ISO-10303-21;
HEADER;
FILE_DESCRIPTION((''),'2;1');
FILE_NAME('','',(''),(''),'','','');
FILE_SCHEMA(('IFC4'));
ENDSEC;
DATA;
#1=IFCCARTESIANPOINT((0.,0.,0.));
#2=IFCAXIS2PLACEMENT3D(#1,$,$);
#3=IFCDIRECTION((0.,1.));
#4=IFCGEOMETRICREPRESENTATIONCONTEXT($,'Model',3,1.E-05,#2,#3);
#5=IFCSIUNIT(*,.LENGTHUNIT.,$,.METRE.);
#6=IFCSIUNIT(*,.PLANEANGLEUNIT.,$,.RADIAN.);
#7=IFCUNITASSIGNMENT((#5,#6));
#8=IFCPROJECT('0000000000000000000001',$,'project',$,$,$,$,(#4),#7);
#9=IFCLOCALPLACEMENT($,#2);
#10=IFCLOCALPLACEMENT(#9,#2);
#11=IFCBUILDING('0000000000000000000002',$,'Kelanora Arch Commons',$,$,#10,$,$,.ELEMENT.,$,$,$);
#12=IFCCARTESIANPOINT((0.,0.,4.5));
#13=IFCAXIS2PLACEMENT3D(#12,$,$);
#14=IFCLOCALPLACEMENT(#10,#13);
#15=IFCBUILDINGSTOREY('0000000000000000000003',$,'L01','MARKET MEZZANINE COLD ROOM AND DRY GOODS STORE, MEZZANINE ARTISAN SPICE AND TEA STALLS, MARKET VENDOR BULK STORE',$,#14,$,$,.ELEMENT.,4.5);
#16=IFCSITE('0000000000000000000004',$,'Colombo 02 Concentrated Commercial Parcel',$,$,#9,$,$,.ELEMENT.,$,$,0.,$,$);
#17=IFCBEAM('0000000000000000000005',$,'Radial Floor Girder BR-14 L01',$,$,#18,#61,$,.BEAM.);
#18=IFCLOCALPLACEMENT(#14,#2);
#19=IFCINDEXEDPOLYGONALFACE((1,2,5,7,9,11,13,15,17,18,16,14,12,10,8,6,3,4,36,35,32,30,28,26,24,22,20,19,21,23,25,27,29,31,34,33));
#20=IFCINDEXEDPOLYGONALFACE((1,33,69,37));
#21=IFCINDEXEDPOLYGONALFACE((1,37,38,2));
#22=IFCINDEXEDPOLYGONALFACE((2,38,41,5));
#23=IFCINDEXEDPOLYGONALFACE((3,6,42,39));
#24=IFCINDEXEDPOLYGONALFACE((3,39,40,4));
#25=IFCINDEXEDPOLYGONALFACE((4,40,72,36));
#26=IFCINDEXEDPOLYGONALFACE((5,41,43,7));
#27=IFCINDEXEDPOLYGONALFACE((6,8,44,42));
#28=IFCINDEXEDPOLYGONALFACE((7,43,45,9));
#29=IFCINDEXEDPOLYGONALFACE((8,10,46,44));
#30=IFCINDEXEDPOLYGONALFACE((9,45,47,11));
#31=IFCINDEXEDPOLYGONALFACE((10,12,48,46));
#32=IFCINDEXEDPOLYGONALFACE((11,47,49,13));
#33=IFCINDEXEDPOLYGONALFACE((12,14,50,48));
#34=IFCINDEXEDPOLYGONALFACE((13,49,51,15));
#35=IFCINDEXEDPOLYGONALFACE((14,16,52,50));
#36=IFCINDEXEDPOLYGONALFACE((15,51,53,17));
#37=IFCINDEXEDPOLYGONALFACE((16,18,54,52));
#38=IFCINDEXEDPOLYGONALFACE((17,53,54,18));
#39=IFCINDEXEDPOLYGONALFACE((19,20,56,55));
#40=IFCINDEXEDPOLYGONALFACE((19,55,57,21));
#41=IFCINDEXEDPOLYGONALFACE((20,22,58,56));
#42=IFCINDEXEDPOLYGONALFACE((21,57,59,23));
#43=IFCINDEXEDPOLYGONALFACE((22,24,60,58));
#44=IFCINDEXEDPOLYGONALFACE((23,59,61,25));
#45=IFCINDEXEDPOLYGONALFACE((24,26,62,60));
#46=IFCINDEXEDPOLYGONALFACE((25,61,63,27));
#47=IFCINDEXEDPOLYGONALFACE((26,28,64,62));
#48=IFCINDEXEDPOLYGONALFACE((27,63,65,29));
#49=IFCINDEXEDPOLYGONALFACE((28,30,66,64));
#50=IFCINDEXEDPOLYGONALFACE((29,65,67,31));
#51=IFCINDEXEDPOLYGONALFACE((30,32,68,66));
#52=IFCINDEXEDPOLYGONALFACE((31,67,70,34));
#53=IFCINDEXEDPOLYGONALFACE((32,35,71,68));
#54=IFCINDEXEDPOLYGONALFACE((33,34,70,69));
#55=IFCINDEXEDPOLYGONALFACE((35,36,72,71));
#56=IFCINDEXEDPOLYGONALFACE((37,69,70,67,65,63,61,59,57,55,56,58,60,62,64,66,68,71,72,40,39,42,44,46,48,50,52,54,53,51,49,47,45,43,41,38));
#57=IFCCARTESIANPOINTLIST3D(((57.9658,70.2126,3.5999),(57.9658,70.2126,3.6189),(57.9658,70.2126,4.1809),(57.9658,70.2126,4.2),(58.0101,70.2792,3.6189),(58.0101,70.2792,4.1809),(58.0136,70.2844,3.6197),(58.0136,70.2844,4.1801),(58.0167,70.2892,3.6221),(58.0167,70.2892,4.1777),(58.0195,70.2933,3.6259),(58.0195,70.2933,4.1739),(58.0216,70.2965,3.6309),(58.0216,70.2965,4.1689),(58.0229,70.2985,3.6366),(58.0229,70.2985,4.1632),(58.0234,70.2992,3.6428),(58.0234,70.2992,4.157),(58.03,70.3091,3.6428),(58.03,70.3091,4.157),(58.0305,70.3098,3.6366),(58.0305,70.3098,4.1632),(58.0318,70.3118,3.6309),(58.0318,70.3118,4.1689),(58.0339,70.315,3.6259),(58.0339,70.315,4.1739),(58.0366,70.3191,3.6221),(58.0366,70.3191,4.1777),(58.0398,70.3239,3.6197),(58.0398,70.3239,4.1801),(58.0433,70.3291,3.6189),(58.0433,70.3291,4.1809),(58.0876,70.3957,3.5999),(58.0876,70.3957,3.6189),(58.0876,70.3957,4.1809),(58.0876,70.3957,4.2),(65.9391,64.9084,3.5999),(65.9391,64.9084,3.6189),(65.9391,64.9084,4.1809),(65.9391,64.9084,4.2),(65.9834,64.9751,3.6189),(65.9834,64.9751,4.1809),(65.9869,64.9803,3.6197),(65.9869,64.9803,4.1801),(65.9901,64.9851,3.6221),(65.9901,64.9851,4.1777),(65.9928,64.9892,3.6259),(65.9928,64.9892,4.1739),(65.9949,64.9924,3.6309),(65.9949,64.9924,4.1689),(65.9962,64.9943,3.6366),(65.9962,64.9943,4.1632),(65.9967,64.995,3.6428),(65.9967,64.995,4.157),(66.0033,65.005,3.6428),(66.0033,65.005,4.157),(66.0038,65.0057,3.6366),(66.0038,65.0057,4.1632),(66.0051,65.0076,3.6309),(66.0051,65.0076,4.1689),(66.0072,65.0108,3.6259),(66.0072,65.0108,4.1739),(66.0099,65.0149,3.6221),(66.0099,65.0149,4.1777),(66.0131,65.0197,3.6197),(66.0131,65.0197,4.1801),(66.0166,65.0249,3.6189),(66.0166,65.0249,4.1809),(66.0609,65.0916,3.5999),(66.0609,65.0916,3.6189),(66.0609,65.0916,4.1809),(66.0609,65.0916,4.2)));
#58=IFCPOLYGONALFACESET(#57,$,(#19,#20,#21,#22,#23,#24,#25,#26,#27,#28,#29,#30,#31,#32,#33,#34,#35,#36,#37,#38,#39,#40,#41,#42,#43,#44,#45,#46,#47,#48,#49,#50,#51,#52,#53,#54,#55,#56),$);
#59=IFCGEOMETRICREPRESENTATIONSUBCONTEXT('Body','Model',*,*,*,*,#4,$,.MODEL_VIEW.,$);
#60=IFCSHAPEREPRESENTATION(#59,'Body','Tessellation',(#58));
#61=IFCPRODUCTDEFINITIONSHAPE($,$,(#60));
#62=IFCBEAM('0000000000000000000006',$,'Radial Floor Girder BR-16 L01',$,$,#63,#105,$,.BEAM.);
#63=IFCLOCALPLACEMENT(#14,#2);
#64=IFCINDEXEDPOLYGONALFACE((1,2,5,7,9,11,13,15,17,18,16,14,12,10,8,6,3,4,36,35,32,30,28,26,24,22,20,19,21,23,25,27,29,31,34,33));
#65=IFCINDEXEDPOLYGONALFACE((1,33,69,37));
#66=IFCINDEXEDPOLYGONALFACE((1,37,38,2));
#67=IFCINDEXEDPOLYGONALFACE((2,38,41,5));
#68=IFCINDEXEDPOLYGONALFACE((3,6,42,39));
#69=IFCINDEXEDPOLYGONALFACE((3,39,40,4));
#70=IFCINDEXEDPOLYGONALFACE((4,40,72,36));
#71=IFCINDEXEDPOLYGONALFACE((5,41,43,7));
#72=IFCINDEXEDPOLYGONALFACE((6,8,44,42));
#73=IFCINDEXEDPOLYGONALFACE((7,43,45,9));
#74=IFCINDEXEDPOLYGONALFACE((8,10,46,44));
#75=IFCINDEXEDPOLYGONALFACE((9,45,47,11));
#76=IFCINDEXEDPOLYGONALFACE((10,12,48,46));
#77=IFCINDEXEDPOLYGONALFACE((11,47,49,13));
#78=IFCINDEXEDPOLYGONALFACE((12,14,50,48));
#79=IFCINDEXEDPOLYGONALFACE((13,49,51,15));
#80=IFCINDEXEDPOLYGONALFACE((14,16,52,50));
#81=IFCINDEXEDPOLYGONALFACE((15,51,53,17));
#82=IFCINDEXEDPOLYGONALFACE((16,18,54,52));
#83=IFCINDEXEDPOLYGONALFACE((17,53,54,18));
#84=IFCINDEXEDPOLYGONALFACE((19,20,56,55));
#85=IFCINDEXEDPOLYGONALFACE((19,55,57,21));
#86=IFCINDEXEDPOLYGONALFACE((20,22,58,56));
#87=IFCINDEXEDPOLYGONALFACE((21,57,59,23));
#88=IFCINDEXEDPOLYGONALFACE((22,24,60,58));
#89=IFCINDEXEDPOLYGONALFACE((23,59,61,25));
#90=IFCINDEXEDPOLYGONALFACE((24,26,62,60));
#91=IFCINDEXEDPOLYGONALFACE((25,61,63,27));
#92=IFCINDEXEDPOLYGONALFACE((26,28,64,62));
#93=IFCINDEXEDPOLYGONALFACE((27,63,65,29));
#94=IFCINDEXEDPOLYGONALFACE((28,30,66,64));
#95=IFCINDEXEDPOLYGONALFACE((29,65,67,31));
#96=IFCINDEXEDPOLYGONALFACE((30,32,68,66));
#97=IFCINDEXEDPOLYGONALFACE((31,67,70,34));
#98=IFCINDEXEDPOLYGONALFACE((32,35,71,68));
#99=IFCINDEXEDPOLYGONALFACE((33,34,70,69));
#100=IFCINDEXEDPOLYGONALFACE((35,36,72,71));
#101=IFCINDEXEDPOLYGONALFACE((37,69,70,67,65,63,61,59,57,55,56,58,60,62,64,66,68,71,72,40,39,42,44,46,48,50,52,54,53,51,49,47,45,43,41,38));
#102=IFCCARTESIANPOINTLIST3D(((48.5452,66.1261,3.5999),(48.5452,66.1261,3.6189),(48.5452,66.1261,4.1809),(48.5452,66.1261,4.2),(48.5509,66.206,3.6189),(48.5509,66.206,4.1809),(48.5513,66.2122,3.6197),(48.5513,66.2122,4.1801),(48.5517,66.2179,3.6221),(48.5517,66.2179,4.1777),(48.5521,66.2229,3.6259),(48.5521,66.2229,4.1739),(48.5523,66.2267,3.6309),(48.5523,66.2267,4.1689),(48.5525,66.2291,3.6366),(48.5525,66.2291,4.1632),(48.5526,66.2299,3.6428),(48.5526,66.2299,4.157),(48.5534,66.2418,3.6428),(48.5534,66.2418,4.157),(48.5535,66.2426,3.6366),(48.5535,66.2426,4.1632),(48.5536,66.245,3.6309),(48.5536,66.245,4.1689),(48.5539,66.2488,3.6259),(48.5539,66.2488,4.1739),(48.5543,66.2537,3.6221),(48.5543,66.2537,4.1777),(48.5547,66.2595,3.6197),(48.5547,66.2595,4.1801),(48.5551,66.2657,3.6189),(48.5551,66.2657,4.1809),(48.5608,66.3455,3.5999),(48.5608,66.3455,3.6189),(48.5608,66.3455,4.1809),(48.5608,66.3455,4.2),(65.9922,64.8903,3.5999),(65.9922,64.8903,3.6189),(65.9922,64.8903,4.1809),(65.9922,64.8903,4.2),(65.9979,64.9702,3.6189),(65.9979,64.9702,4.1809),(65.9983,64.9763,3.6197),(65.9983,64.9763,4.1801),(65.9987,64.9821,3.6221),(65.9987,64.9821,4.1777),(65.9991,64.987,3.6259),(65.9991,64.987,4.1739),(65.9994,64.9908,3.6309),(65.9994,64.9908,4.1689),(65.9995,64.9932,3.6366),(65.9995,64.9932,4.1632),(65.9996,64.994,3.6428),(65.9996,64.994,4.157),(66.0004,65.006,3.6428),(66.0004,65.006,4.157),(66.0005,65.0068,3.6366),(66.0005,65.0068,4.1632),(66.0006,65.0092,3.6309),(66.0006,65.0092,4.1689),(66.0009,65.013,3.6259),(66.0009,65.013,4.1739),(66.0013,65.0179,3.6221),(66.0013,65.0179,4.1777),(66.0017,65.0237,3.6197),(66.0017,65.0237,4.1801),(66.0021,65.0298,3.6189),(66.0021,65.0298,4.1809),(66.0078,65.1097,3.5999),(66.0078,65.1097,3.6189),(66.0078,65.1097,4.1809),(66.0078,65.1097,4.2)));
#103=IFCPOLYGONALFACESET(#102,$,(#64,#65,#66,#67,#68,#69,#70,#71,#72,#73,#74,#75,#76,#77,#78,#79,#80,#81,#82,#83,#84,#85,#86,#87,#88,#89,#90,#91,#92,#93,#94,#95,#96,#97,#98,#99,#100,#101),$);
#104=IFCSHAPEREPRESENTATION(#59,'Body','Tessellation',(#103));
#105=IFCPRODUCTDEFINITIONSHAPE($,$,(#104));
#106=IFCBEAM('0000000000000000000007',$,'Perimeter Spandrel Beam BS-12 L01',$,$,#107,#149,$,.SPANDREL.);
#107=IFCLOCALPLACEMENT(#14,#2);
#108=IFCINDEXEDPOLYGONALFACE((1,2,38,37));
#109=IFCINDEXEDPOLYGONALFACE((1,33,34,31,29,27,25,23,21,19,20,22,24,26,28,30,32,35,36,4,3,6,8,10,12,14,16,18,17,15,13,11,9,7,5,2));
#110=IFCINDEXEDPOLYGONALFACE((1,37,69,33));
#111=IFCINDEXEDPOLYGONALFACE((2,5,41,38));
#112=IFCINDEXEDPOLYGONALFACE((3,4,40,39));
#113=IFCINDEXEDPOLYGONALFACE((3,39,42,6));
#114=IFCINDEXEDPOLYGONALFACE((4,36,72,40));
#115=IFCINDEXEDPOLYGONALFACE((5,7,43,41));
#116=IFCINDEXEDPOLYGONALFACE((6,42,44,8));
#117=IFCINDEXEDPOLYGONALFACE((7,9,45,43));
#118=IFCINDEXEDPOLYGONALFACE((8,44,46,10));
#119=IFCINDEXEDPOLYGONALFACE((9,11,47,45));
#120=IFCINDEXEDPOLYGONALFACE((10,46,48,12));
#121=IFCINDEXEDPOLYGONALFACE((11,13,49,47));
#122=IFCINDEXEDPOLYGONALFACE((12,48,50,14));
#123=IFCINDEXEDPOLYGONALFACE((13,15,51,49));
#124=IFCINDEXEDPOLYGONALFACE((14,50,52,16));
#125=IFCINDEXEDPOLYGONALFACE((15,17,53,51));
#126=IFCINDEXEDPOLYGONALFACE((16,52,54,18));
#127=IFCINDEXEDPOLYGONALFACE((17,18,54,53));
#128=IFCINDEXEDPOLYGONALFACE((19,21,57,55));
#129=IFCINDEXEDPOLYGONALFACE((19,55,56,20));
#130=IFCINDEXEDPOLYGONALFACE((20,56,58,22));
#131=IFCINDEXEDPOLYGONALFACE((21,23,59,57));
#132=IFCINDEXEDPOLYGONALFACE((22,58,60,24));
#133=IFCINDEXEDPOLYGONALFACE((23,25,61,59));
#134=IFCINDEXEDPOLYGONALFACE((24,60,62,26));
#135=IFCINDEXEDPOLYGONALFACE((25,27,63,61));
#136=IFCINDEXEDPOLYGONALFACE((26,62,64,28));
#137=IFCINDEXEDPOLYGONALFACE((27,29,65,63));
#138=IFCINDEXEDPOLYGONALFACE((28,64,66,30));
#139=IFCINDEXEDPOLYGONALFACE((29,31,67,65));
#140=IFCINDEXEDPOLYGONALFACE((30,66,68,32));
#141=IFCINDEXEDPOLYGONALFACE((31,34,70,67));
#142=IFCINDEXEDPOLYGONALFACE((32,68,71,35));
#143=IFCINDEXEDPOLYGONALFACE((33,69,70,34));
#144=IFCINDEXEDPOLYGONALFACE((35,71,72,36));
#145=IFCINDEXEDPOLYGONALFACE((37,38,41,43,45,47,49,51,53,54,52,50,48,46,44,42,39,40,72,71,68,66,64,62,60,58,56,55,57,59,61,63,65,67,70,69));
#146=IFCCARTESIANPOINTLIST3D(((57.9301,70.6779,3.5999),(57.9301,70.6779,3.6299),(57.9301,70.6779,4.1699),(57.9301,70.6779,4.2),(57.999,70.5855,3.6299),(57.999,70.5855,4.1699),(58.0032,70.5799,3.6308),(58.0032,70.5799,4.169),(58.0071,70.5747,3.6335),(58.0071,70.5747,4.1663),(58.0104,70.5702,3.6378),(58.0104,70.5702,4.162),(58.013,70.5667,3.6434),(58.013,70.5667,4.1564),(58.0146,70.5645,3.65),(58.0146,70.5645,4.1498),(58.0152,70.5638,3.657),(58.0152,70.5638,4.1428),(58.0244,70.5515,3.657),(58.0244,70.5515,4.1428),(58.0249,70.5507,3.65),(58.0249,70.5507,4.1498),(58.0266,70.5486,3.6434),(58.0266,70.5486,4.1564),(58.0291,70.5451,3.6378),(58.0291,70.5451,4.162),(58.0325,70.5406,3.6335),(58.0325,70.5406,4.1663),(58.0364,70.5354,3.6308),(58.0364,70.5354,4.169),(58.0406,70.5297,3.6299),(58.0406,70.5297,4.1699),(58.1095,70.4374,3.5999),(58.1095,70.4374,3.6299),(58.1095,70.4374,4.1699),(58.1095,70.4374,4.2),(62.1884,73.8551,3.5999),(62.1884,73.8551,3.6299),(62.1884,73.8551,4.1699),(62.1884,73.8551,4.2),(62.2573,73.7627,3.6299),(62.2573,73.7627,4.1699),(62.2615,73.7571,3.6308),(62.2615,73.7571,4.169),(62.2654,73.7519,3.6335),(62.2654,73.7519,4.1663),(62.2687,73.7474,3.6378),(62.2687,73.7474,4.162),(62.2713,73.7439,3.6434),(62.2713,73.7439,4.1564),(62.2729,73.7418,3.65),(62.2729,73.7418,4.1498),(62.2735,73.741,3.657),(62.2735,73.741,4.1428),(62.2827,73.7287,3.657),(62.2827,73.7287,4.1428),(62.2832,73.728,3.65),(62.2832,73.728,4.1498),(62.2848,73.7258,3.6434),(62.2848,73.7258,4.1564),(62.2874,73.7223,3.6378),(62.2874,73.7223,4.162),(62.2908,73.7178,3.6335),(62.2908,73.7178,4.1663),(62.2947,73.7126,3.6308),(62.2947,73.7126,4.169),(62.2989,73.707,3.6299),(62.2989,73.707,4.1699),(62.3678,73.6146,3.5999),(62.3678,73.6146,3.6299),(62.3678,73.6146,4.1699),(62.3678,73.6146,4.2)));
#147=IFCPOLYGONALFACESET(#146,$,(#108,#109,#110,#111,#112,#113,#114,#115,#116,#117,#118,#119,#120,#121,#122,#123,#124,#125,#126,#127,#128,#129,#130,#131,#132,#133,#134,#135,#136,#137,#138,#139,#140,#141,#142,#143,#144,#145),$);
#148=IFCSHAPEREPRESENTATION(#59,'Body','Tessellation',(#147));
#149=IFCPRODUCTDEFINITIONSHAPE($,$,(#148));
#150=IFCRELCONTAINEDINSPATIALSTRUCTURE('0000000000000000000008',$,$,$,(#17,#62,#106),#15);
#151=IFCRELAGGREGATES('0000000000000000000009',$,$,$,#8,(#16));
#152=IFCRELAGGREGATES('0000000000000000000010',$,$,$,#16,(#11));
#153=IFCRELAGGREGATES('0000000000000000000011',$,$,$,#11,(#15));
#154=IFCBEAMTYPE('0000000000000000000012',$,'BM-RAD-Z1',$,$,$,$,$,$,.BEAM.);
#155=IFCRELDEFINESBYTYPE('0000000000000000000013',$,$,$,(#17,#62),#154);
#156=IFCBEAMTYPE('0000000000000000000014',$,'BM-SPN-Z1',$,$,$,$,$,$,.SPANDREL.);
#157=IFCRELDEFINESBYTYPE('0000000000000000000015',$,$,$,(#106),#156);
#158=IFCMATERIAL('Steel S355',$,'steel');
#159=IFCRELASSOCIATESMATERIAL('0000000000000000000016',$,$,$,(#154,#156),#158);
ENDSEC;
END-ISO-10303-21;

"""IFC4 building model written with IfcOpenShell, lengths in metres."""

from ifc_helpers import new_model, si_unit, direction, frame, origin, origin_2d, place, context, subcontext, project, spatial, i_section, extrude, material, material_profile, profile_set, type_object, element, save


model = new_model("IFC4")

# Units and contexts
model_context = context("Model", 3, precision=1e-05, world=origin(), true_north=direction((0.0, 1.0)))
body_context = subcontext(model_context, "Body", "Model", "MODEL_VIEW")
ifc_project = project(units=[si_unit("LENGTHUNIT", "METRE"), si_unit("PLANEANGLEUNIT", "RADIAN")], contexts=[model_context])

# Site, building, storey
site_placement = place(None, origin())
site = spatial("IfcSite", under=ifc_project, at=site_placement, Name="Colombo 02 Concentrated Commercial Parcel", CompositionType="ELEMENT", RefElevation=0.0)
building_placement = place(site_placement, origin())
building = spatial("IfcBuilding", under=site, at=building_placement, Name="Kelanora Arch Commons", CompositionType="ELEMENT")
storey_placement = place(building_placement, frame((0.0, 0.0, 4.5)))
storey = spatial("IfcBuildingStorey", under=building, at=storey_placement, Name="L01", Description="MARKET MEZZANINE COLD ROOM AND DRY GOODS STORE, MEZZANINE ARTISAN SPICE AND TEA STALLS, MARKET VENDOR BULK STORE", CompositionType="ELEMENT", Elevation=4.5)

# Shared definitions
ifc_material_1 = material(Name="Steel S355", Category="steel")

# Beams
ifc_material_profile_1 = material_profile(ifc_material_1, i_section(OverallWidth=0.22, OverallDepth=0.6001, WebThickness=0.012, FlangeThickness=0.019, FilletRadius=0.0239, at=origin_2d()), Name="IPE600")
ifc_profile_set_1 = profile_set([ifc_material_profile_1], Name="Steel S355")
beam_type_1 = type_object("IfcBeamType", Name="BM-RAD-Z1", PredefinedType="BEAM", material=ifc_profile_set_1)
beam_1_placement = place(storey_placement, frame((66.0, 65.0, 3.8999), z_axis=(-0.832599, 0.553876, 0.0), x_axis=(-0.553876, -0.832599, 0.0)))
element("IfcBeam", 1, at=beam_1_placement, inside=storey, type_object=beam_type_1, Name="Radial Floor Girder BR-14 L01", PredefinedType="BEAM", context=body_context, shape_type="SweptSolid", body=[
    extrude(i_section(OverallWidth=0.22, OverallDepth=0.6001, WebThickness=0.012, FlangeThickness=0.019, FilletRadius=0.0239, at=origin_2d()), origin(), (0.0, 0.0, 1.0), 9.5764),
])
beam_2_placement = place(storey_placement, frame((66.0, 65.0, 3.8999), z_axis=(-0.997501, 0.070657, 0.0), x_axis=(-0.070657, -0.997501, 0.0)))
element("IfcBeam", 2, at=beam_2_placement, inside=storey, type_object=beam_type_1, Name="Radial Floor Girder BR-16 L01", PredefinedType="BEAM", context=body_context, shape_type="SweptSolid", body=[
    extrude(i_section(OverallWidth=0.22, OverallDepth=0.6001, WebThickness=0.012, FlangeThickness=0.019, FilletRadius=0.0239, at=origin_2d()), origin(), (0.0, 0.0, 1.0), 17.4907),
])
ifc_material_profile_2 = material_profile(ifc_material_1, i_section(OverallWidth=0.3, OverallDepth=0.6001, WebThickness=0.0154, FlangeThickness=0.03, FilletRadius=0.0271, at=origin_2d()), Name="HEB600")
ifc_profile_set_2 = profile_set([ifc_material_profile_2], Name="Steel S355")
beam_type_2 = type_object("IfcBeamType", Name="BM-SPN-Z1", PredefinedType="SPANDREL", material=ifc_profile_set_2)
beam_3_placement = place(storey_placement, frame((62.2781, 73.7349, 3.8999), z_axis=(-0.801486, -0.598013, 0.0), x_axis=(0.598013, -0.801486, 0.0)))
element("IfcBeam", 3, at=beam_3_placement, inside=storey, type_object=beam_type_2, Name="Perimeter Spandrel Beam BS-12 L01", PredefinedType="SPANDREL", context=body_context, shape_type="SweptSolid", body=[
    extrude(i_section(OverallWidth=0.3, OverallDepth=0.6001, WebThickness=0.0154, FlangeThickness=0.03, FilletRadius=0.0271, at=origin_2d()), origin(), (0.0, 0.0, 1.0), 5.313),
])

save(model, "model.ifc")
